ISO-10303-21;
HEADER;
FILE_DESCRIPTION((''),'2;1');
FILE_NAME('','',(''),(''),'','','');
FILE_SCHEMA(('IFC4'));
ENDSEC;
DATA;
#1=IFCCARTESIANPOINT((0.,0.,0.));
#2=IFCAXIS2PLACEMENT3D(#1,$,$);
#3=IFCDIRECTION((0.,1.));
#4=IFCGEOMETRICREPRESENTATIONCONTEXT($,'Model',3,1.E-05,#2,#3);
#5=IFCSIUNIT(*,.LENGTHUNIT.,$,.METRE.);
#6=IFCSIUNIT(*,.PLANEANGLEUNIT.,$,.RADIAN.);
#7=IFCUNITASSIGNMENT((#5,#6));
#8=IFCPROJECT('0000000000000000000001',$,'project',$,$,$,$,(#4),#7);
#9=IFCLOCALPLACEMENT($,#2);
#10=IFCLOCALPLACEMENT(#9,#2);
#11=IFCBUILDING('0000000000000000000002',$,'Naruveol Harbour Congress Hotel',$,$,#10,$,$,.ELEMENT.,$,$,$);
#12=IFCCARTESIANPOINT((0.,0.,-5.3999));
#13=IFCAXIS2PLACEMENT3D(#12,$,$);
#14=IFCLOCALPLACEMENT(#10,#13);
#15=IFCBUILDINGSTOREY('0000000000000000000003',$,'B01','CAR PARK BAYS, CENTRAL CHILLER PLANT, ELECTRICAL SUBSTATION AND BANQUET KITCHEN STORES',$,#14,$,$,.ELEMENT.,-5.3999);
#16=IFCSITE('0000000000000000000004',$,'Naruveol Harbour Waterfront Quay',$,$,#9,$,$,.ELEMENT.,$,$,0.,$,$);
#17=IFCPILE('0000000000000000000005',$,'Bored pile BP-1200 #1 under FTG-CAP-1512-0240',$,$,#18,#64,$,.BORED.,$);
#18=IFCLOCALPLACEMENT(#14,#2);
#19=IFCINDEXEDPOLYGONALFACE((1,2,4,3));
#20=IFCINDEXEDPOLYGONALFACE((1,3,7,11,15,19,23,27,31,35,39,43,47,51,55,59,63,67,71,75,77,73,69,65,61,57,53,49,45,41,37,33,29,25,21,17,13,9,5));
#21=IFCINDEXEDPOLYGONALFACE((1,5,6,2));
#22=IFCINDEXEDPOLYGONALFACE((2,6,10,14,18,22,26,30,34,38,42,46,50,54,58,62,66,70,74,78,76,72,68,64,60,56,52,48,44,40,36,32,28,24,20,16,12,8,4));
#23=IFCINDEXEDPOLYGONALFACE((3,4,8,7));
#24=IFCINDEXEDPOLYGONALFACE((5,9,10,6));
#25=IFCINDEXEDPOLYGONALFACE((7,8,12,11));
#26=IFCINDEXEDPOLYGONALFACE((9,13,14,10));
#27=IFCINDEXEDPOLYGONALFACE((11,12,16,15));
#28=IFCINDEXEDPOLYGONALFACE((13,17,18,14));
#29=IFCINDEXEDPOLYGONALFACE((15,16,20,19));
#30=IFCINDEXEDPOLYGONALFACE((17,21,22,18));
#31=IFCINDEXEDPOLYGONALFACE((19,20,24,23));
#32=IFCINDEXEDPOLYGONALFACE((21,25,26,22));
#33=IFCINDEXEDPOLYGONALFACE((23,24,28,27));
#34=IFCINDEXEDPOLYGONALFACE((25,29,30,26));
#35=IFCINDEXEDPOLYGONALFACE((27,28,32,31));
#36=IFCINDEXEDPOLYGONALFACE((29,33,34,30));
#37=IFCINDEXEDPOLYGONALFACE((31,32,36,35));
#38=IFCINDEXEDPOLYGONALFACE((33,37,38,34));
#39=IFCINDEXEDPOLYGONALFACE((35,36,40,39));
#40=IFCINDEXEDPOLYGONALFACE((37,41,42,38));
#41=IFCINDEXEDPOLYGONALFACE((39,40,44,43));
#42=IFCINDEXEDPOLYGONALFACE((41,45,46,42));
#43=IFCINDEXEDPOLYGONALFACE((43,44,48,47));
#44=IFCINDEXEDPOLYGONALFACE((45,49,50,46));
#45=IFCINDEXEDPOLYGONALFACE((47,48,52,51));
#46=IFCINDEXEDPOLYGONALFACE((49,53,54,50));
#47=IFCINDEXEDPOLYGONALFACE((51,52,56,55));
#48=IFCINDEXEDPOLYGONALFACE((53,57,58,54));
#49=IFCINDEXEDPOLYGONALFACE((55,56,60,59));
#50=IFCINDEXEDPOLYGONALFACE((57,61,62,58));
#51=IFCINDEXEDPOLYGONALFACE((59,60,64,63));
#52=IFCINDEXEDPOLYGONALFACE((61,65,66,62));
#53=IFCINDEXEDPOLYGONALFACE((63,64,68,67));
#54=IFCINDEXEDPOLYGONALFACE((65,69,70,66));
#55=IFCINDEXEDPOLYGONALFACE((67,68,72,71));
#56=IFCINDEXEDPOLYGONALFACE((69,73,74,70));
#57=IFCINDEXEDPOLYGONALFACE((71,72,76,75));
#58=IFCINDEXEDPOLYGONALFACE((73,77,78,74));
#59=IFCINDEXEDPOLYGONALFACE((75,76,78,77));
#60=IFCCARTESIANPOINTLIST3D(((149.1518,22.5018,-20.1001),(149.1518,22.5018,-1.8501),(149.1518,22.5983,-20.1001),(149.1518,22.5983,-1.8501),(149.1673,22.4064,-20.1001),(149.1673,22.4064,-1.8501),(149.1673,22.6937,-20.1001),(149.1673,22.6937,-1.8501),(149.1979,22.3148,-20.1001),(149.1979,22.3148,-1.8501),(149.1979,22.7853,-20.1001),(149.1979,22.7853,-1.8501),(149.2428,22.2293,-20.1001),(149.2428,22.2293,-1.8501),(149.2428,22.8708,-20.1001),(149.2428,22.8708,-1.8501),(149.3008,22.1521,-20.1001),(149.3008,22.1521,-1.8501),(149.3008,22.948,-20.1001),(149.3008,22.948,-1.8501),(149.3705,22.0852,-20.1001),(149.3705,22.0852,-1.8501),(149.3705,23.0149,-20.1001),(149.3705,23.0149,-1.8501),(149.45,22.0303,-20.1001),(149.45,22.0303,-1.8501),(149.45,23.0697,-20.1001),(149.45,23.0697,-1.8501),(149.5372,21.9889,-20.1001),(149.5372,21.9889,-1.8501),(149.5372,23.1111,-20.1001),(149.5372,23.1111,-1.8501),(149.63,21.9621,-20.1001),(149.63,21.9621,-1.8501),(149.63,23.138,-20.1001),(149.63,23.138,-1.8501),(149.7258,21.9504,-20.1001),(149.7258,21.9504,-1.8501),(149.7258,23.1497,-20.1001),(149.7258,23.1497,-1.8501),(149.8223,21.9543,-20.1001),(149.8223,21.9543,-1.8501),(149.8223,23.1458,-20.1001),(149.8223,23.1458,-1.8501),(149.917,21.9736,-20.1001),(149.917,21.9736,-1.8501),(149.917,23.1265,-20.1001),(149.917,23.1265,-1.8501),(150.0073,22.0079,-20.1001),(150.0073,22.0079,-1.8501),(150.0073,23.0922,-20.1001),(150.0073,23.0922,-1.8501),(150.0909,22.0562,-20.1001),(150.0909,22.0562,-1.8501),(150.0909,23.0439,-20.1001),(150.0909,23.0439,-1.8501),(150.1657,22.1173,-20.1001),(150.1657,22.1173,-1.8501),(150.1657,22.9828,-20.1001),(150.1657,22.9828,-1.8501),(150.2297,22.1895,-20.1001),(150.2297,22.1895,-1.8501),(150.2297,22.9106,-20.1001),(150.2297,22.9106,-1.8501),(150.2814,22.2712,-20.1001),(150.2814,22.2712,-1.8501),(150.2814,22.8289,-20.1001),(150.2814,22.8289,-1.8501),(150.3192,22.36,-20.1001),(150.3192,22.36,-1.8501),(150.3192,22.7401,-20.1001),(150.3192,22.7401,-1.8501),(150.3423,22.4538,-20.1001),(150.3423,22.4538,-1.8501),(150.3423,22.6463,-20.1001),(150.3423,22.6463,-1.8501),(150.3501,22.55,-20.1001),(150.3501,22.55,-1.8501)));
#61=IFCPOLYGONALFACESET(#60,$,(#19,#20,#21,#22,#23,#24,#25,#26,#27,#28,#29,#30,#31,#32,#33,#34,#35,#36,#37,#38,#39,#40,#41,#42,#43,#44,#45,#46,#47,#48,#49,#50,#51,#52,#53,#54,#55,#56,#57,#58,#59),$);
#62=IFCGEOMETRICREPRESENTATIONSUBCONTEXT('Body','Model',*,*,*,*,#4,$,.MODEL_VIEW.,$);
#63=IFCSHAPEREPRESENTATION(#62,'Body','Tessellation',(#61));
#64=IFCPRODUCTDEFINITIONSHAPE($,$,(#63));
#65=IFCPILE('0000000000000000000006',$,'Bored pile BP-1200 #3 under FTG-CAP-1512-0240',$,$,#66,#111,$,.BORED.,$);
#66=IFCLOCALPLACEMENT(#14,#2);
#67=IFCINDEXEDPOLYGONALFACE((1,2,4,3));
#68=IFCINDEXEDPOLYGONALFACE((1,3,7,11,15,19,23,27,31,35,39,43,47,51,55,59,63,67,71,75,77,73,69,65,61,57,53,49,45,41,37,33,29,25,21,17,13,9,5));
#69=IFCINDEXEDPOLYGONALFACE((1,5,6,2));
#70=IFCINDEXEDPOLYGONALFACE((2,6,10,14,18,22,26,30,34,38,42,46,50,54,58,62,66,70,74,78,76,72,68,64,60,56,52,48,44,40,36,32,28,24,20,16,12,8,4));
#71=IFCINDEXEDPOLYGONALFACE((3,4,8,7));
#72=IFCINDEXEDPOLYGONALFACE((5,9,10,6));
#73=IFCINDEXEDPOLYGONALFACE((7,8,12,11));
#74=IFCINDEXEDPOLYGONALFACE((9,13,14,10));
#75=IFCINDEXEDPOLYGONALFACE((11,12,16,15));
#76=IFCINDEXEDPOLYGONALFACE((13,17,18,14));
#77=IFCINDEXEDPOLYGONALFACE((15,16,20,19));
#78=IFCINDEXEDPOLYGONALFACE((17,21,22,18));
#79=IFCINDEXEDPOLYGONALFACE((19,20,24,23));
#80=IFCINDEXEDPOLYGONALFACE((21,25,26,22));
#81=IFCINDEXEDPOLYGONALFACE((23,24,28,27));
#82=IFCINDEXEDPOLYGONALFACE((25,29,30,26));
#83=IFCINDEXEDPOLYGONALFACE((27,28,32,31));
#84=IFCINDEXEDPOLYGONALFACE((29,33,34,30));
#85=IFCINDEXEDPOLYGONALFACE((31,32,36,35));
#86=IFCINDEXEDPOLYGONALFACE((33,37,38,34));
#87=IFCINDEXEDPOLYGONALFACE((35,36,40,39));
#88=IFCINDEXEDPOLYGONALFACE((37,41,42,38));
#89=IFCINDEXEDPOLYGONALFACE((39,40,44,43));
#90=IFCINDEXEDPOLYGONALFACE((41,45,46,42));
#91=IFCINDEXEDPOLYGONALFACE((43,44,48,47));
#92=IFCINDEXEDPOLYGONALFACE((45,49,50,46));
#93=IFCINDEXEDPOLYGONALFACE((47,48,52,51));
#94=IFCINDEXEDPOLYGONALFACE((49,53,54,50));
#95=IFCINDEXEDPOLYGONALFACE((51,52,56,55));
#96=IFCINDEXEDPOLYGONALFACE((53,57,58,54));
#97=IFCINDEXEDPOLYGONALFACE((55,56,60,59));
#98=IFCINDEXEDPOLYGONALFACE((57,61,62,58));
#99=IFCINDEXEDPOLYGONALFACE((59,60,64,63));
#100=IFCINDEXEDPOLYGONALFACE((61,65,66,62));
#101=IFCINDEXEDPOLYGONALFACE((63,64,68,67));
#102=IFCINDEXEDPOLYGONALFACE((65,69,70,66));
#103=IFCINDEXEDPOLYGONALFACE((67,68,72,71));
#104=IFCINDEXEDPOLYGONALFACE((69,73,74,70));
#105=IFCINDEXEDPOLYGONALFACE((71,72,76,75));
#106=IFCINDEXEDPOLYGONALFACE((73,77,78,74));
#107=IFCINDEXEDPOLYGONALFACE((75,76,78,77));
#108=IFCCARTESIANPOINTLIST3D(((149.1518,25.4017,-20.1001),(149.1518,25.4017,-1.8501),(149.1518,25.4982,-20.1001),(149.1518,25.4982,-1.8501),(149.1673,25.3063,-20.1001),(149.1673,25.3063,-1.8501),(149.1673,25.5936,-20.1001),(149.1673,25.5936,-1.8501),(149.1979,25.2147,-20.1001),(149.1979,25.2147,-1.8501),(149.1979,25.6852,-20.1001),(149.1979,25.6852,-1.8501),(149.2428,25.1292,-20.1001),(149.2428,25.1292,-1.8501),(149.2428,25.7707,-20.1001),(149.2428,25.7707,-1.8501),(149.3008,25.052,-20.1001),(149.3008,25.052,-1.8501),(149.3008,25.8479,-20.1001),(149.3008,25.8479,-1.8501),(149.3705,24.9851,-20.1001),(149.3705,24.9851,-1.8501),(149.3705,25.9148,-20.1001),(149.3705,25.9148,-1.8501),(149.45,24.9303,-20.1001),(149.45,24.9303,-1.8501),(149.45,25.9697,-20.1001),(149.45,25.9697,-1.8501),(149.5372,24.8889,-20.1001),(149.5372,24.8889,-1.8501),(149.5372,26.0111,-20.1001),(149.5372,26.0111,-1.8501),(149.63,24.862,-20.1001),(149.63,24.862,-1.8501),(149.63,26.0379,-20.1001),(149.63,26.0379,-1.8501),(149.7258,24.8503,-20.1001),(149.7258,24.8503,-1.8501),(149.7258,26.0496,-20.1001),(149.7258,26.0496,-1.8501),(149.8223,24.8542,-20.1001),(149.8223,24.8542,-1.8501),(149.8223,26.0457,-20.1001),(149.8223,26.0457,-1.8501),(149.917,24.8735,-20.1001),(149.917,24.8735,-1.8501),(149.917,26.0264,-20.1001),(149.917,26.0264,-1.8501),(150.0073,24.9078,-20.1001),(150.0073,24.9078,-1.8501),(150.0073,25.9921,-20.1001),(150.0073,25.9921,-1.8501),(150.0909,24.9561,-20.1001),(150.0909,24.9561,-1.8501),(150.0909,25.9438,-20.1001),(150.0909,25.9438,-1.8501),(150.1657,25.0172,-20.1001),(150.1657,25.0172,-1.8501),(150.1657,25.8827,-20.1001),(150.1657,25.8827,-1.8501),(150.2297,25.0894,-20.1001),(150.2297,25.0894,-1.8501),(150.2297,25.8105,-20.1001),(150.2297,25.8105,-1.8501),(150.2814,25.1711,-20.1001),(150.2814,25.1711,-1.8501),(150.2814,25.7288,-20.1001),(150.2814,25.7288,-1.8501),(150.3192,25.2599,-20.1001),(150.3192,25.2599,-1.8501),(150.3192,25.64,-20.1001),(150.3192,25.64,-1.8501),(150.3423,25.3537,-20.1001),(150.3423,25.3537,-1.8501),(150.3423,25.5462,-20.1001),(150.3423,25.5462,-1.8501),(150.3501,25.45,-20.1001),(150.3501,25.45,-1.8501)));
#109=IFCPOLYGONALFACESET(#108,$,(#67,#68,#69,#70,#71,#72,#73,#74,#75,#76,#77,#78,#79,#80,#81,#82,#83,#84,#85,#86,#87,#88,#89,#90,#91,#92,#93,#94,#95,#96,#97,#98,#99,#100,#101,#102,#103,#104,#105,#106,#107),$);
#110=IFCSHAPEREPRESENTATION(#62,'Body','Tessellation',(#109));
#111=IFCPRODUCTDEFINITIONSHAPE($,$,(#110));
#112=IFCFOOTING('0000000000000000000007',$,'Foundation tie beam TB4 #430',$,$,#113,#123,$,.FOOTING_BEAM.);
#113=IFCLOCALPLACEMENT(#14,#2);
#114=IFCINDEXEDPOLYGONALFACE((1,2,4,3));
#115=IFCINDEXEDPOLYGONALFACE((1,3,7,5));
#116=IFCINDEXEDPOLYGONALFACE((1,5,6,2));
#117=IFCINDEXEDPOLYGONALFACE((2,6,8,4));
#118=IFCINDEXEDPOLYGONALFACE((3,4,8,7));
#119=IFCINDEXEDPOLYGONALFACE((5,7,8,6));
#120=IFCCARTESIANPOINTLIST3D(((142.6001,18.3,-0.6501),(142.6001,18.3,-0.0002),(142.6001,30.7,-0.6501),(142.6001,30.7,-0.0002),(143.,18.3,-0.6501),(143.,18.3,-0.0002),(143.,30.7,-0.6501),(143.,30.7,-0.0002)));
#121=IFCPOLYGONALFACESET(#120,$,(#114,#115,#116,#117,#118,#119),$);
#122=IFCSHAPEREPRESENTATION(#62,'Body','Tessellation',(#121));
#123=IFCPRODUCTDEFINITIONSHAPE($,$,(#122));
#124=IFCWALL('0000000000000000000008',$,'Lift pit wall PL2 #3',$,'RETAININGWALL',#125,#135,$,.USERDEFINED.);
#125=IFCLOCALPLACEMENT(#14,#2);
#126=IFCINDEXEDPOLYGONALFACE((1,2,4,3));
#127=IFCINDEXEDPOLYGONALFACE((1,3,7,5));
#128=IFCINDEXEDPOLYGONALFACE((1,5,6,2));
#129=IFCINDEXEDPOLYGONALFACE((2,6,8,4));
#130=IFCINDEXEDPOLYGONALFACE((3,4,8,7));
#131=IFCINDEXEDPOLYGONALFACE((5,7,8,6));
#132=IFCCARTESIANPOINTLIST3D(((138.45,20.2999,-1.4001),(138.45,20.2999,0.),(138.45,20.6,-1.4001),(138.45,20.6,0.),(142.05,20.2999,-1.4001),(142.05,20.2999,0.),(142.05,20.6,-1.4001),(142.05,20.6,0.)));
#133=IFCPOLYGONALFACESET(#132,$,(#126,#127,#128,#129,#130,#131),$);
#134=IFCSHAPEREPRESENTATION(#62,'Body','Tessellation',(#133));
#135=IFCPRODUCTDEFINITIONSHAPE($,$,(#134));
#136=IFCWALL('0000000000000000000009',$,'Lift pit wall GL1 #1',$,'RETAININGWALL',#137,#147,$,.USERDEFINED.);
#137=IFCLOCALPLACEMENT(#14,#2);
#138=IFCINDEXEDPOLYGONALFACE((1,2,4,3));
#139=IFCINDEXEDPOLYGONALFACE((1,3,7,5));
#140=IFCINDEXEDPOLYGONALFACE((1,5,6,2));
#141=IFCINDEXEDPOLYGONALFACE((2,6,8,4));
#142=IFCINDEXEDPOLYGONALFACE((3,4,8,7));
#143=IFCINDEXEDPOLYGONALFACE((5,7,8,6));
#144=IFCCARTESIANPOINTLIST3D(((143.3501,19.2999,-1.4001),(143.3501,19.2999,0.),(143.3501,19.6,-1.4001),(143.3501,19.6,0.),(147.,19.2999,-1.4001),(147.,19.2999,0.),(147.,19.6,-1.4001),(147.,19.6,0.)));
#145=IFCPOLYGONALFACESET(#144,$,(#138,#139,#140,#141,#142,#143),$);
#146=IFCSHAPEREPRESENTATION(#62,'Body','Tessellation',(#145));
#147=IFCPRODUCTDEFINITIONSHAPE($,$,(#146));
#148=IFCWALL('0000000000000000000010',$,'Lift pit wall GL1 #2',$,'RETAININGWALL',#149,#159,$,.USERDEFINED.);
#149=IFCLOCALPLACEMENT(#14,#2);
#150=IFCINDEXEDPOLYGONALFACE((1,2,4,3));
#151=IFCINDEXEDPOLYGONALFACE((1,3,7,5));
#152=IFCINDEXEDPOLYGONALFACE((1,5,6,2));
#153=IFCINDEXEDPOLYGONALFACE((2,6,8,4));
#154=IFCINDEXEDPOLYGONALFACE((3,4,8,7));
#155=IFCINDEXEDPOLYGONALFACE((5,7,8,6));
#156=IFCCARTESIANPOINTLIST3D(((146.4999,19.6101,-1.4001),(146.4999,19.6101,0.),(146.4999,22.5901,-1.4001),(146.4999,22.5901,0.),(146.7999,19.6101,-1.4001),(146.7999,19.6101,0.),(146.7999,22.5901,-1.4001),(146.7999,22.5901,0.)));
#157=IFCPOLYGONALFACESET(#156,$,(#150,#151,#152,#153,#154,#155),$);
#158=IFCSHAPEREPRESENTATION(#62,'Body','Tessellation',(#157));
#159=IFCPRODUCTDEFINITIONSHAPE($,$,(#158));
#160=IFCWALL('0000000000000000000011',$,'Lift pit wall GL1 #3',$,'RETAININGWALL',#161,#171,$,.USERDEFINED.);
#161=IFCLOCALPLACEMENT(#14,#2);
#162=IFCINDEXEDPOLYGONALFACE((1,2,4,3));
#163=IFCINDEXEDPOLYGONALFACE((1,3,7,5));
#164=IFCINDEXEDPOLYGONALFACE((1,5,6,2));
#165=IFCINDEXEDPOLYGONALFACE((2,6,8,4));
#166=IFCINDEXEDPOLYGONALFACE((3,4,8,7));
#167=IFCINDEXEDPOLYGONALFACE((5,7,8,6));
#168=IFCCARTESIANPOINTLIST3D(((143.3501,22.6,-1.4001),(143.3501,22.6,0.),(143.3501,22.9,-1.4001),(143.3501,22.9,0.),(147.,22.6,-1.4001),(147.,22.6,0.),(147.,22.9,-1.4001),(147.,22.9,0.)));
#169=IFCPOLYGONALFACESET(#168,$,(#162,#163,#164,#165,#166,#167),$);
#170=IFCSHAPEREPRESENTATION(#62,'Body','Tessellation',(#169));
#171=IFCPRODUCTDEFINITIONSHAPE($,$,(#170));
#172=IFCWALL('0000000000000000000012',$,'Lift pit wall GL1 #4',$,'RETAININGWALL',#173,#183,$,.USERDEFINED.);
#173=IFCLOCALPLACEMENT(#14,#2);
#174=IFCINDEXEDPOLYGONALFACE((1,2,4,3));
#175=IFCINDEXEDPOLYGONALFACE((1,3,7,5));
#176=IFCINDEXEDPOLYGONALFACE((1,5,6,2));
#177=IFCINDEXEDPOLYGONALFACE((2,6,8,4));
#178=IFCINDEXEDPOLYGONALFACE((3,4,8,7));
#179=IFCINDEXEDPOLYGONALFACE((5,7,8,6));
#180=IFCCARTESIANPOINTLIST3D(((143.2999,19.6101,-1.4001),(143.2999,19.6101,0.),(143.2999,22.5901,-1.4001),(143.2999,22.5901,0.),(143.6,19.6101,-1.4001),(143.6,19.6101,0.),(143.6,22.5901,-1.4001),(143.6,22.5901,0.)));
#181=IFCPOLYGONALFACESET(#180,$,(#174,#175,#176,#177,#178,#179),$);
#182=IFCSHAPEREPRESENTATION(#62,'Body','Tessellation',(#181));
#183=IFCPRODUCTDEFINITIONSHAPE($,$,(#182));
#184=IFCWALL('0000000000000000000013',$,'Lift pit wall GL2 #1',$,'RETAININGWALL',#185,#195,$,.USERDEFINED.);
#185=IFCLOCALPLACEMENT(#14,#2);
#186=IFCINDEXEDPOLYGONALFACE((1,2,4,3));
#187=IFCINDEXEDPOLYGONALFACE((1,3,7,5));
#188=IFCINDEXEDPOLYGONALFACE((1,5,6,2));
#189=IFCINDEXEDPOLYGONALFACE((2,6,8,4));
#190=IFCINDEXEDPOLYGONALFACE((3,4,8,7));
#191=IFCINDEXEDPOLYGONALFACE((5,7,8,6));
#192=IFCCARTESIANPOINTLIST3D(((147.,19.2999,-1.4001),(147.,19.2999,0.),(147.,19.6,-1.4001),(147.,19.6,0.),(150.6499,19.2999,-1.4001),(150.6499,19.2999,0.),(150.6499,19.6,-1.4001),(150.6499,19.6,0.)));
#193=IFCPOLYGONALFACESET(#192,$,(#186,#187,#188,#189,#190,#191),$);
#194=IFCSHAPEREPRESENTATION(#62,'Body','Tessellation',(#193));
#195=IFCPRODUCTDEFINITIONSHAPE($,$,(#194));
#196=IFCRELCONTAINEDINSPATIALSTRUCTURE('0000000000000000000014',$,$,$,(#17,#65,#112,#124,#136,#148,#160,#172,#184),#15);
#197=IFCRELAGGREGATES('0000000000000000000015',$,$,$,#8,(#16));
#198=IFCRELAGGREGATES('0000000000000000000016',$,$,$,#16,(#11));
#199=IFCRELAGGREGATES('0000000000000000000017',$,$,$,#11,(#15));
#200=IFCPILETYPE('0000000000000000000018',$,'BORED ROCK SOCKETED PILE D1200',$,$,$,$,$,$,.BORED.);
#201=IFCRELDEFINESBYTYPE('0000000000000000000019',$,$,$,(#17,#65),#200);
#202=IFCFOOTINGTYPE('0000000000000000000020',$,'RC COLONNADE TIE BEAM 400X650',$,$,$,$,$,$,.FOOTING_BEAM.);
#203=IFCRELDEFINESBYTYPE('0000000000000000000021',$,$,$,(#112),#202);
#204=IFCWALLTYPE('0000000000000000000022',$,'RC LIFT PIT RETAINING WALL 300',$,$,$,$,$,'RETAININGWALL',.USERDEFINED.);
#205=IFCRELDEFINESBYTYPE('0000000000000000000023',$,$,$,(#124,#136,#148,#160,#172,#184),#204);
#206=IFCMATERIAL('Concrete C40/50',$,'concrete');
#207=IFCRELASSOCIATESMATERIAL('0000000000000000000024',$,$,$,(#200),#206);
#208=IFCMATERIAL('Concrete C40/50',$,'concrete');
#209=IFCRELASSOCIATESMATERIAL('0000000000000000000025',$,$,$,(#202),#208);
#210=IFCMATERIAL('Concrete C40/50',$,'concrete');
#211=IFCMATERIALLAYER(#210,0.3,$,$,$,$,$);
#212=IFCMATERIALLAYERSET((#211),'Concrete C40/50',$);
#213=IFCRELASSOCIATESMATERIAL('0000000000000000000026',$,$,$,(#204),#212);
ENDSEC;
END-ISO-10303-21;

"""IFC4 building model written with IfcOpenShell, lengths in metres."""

from ifc_helpers import new_model, si_unit, direction, frame, frame_2d, origin, origin_2d, place, context, subcontext, project, spatial, rectangle, circle, extrude, material, layer, layer_set, material_profile, profile_set, type_object, element, save


model = new_model("IFC4")

# Units and contexts
model_context = context("Model", 3, precision=1e-05, world=origin(), true_north=direction((0.0, 1.0)))
body_context = subcontext(model_context, "Body", "Model", "MODEL_VIEW")
ifc_project = project(units=[si_unit("LENGTHUNIT", "METRE"), si_unit("PLANEANGLEUNIT", "RADIAN")], contexts=[model_context])

# Site, building, storey
site_placement = place(None, origin())
site = spatial("IfcSite", under=ifc_project, at=site_placement, Name="Naruveol Harbour Waterfront Quay", CompositionType="ELEMENT", RefElevation=0.0)
building_placement = place(site_placement, origin())
building = spatial("IfcBuilding", under=site, at=building_placement, Name="Naruveol Harbour Congress Hotel", CompositionType="ELEMENT")
storey_placement = place(building_placement, frame((0.0, 0.0, -5.3999)))
storey = spatial("IfcBuildingStorey", under=building, at=storey_placement, Name="B01", Description="CAR PARK BAYS, CENTRAL CHILLER PLANT, ELECTRICAL SUBSTATION AND BANQUET KITCHEN STORES", CompositionType="ELEMENT", Elevation=-5.3999)

# Piles
ifc_material_1 = material(Name="Concrete C40/50", Category="concrete")
ifc_material_profile_1 = material_profile(ifc_material_1, circle(Radius=0.6001, at=origin_2d()), Name="BP-1200")
ifc_profile_set_1 = profile_set([ifc_material_profile_1], Name="Concrete C40/50")
pile_type = type_object("IfcPileType", Name="BORED ROCK SOCKETED PILE D1200", PredefinedType="BORED", material=ifc_profile_set_1)
for number, where, z_axis, x_axis, name in (
    (1, (149.75, 22.55, -1.8501), (0.0, 0.0, -1.0), (1.0, 0.0, 0.0), "Bored pile BP-1200 #1 under FTG-CAP-1512-0240"),
    (2, (149.75, 25.45, -1.8501), (0.0, 0.0, -1.0), (1.0, 0.0, 0.0), "Bored pile BP-1200 #3 under FTG-CAP-1512-0240"),
):
    element("IfcPile", number, at=place(storey_placement, frame(where, z_axis=z_axis, x_axis=x_axis)), inside=storey, type_object=pile_type, Name=name, PredefinedType="BORED", context=body_context, shape_type="SweptSolid", body=[
        extrude(circle(Radius=0.6001, at=origin_2d()), origin(), (0.0, 0.0, 1.0), 18.25),
    ])

# Footing
ifc_material_2 = material(Name="Concrete C40/50", Category="concrete")
ifc_material_profile_2 = material_profile(ifc_material_2, rectangle(XDim=0.3999, YDim=0.6499, at=origin_2d()), Name="RCB-400x650")
ifc_profile_set_2 = profile_set([ifc_material_profile_2], Name="Concrete C40/50")
footing_type = type_object("IfcFootingType", Name="RC COLONNADE TIE BEAM 400X650", PredefinedType="FOOTING_BEAM", material=ifc_profile_set_2)
footing_placement = place(storey_placement, frame((142.8, 18.3, -0.3252), z_axis=(0.0, 1.0, 0.0), x_axis=(-1.0, 0.0, 0.0)))
element("IfcFooting", 3, at=footing_placement, inside=storey, type_object=footing_type, Name="Foundation tie beam TB4 #430", PredefinedType="FOOTING_BEAM", context=body_context, shape_type="SweptSolid", body=[
    extrude(rectangle(XDim=0.3999, YDim=0.6499, at=origin_2d()), origin(), (0.0, 0.0, 1.0), 12.3999),
])

# Walls
ifc_material_3 = material(Name="Concrete C40/50", Category="concrete")
ifc_layer_1 = layer(ifc_material_3, 0.3)
ifc_layer_set_1 = layer_set([ifc_layer_1], Name="Concrete C40/50")
wall_type_1 = type_object("IfcWallType", Name="RC LIFT PIT RETAINING WALL 300", ElementType="RETAININGWALL", PredefinedType="USERDEFINED", material=ifc_layer_set_1)
wall_1_placement = place(storey_placement, frame((142.05, 20.45, -1.4001), z_axis=(0.0, 0.0, 1.0), x_axis=(-1.0, 0.0, 0.0)))
element("IfcWall", 4, at=wall_1_placement, inside=storey, type_object=wall_type_1, Name="Lift pit wall PL2 #3", ObjectType="RETAININGWALL", PredefinedType="USERDEFINED", context=body_context, shape_type="SweptSolid", body=[
    extrude(rectangle(XDim=3.6001, YDim=0.3, at=frame_2d((1.8, 0.0))), origin(), (0.0, 0.0, 1.0), 1.4001),
])
wall_2_placement = place(storey_placement, frame((143.3501, 19.45, -1.4001), z_axis=(0.0, 0.0, 1.0), x_axis=(1.0, 0.0, 0.0)))
element("IfcWall", 5, at=wall_2_placement, inside=storey, type_object=wall_type_1, Name="Lift pit wall GL1 #1", ObjectType="RETAININGWALL", PredefinedType="USERDEFINED", context=body_context, shape_type="SweptSolid", body=[
    extrude(rectangle(XDim=3.6499, YDim=0.3, at=frame_2d((1.825, 0.0))), origin(), (0.0, 0.0, 1.0), 1.4001),
])
wall_3_placement = place(storey_placement, frame((146.6499, 19.6101, -1.4001), z_axis=(0.0, 0.0, 1.0), x_axis=(0.0, 1.0, 0.0)))
element("IfcWall", 6, at=wall_3_placement, inside=storey, type_object=wall_type_1, Name="Lift pit wall GL1 #2", ObjectType="RETAININGWALL", PredefinedType="USERDEFINED", context=body_context, shape_type="SweptSolid", body=[
    extrude(rectangle(XDim=2.98, YDim=0.3, at=frame_2d((1.49, 0.0))), origin(), (0.0, 0.0, 1.0), 1.4001),
])
wall_4_placement = place(storey_placement, frame((147.0, 22.75, -1.4001), z_axis=(0.0, 0.0, 1.0), x_axis=(-1.0, 0.0, 0.0)))
element("IfcWall", 7, at=wall_4_placement, inside=storey, type_object=wall_type_1, Name="Lift pit wall GL1 #3", ObjectType="RETAININGWALL", PredefinedType="USERDEFINED", context=body_context, shape_type="SweptSolid", body=[
    extrude(rectangle(XDim=3.6499, YDim=0.3, at=frame_2d((1.825, 0.0))), origin(), (0.0, 0.0, 1.0), 1.4001),
])
wall_5_placement = place(storey_placement, frame((143.45, 22.5901, -1.4001), z_axis=(0.0, 0.0, 1.0), x_axis=(0.0, -1.0, 0.0)))
element("IfcWall", 8, at=wall_5_placement, inside=storey, type_object=wall_type_1, Name="Lift pit wall GL1 #4", ObjectType="RETAININGWALL", PredefinedType="USERDEFINED", context=body_context, shape_type="SweptSolid", body=[
    extrude(rectangle(XDim=2.98, YDim=0.3, at=frame_2d((1.49, 0.0))), origin(), (0.0, 0.0, 1.0), 1.4001),
])
wall_6_placement = place(storey_placement, frame((147.0, 19.45, -1.4001), z_axis=(0.0, 0.0, 1.0), x_axis=(1.0, 0.0, 0.0)))
element("IfcWall", 9, at=wall_6_placement, inside=storey, type_object=wall_type_1, Name="Lift pit wall GL2 #1", ObjectType="RETAININGWALL", PredefinedType="USERDEFINED", context=body_context, shape_type="SweptSolid", body=[
    extrude(rectangle(XDim=3.6499, YDim=0.3, at=frame_2d((1.825, 0.0))), origin(), (0.0, 0.0, 1.0), 1.4001),
])

save(model, "model.ifc")
